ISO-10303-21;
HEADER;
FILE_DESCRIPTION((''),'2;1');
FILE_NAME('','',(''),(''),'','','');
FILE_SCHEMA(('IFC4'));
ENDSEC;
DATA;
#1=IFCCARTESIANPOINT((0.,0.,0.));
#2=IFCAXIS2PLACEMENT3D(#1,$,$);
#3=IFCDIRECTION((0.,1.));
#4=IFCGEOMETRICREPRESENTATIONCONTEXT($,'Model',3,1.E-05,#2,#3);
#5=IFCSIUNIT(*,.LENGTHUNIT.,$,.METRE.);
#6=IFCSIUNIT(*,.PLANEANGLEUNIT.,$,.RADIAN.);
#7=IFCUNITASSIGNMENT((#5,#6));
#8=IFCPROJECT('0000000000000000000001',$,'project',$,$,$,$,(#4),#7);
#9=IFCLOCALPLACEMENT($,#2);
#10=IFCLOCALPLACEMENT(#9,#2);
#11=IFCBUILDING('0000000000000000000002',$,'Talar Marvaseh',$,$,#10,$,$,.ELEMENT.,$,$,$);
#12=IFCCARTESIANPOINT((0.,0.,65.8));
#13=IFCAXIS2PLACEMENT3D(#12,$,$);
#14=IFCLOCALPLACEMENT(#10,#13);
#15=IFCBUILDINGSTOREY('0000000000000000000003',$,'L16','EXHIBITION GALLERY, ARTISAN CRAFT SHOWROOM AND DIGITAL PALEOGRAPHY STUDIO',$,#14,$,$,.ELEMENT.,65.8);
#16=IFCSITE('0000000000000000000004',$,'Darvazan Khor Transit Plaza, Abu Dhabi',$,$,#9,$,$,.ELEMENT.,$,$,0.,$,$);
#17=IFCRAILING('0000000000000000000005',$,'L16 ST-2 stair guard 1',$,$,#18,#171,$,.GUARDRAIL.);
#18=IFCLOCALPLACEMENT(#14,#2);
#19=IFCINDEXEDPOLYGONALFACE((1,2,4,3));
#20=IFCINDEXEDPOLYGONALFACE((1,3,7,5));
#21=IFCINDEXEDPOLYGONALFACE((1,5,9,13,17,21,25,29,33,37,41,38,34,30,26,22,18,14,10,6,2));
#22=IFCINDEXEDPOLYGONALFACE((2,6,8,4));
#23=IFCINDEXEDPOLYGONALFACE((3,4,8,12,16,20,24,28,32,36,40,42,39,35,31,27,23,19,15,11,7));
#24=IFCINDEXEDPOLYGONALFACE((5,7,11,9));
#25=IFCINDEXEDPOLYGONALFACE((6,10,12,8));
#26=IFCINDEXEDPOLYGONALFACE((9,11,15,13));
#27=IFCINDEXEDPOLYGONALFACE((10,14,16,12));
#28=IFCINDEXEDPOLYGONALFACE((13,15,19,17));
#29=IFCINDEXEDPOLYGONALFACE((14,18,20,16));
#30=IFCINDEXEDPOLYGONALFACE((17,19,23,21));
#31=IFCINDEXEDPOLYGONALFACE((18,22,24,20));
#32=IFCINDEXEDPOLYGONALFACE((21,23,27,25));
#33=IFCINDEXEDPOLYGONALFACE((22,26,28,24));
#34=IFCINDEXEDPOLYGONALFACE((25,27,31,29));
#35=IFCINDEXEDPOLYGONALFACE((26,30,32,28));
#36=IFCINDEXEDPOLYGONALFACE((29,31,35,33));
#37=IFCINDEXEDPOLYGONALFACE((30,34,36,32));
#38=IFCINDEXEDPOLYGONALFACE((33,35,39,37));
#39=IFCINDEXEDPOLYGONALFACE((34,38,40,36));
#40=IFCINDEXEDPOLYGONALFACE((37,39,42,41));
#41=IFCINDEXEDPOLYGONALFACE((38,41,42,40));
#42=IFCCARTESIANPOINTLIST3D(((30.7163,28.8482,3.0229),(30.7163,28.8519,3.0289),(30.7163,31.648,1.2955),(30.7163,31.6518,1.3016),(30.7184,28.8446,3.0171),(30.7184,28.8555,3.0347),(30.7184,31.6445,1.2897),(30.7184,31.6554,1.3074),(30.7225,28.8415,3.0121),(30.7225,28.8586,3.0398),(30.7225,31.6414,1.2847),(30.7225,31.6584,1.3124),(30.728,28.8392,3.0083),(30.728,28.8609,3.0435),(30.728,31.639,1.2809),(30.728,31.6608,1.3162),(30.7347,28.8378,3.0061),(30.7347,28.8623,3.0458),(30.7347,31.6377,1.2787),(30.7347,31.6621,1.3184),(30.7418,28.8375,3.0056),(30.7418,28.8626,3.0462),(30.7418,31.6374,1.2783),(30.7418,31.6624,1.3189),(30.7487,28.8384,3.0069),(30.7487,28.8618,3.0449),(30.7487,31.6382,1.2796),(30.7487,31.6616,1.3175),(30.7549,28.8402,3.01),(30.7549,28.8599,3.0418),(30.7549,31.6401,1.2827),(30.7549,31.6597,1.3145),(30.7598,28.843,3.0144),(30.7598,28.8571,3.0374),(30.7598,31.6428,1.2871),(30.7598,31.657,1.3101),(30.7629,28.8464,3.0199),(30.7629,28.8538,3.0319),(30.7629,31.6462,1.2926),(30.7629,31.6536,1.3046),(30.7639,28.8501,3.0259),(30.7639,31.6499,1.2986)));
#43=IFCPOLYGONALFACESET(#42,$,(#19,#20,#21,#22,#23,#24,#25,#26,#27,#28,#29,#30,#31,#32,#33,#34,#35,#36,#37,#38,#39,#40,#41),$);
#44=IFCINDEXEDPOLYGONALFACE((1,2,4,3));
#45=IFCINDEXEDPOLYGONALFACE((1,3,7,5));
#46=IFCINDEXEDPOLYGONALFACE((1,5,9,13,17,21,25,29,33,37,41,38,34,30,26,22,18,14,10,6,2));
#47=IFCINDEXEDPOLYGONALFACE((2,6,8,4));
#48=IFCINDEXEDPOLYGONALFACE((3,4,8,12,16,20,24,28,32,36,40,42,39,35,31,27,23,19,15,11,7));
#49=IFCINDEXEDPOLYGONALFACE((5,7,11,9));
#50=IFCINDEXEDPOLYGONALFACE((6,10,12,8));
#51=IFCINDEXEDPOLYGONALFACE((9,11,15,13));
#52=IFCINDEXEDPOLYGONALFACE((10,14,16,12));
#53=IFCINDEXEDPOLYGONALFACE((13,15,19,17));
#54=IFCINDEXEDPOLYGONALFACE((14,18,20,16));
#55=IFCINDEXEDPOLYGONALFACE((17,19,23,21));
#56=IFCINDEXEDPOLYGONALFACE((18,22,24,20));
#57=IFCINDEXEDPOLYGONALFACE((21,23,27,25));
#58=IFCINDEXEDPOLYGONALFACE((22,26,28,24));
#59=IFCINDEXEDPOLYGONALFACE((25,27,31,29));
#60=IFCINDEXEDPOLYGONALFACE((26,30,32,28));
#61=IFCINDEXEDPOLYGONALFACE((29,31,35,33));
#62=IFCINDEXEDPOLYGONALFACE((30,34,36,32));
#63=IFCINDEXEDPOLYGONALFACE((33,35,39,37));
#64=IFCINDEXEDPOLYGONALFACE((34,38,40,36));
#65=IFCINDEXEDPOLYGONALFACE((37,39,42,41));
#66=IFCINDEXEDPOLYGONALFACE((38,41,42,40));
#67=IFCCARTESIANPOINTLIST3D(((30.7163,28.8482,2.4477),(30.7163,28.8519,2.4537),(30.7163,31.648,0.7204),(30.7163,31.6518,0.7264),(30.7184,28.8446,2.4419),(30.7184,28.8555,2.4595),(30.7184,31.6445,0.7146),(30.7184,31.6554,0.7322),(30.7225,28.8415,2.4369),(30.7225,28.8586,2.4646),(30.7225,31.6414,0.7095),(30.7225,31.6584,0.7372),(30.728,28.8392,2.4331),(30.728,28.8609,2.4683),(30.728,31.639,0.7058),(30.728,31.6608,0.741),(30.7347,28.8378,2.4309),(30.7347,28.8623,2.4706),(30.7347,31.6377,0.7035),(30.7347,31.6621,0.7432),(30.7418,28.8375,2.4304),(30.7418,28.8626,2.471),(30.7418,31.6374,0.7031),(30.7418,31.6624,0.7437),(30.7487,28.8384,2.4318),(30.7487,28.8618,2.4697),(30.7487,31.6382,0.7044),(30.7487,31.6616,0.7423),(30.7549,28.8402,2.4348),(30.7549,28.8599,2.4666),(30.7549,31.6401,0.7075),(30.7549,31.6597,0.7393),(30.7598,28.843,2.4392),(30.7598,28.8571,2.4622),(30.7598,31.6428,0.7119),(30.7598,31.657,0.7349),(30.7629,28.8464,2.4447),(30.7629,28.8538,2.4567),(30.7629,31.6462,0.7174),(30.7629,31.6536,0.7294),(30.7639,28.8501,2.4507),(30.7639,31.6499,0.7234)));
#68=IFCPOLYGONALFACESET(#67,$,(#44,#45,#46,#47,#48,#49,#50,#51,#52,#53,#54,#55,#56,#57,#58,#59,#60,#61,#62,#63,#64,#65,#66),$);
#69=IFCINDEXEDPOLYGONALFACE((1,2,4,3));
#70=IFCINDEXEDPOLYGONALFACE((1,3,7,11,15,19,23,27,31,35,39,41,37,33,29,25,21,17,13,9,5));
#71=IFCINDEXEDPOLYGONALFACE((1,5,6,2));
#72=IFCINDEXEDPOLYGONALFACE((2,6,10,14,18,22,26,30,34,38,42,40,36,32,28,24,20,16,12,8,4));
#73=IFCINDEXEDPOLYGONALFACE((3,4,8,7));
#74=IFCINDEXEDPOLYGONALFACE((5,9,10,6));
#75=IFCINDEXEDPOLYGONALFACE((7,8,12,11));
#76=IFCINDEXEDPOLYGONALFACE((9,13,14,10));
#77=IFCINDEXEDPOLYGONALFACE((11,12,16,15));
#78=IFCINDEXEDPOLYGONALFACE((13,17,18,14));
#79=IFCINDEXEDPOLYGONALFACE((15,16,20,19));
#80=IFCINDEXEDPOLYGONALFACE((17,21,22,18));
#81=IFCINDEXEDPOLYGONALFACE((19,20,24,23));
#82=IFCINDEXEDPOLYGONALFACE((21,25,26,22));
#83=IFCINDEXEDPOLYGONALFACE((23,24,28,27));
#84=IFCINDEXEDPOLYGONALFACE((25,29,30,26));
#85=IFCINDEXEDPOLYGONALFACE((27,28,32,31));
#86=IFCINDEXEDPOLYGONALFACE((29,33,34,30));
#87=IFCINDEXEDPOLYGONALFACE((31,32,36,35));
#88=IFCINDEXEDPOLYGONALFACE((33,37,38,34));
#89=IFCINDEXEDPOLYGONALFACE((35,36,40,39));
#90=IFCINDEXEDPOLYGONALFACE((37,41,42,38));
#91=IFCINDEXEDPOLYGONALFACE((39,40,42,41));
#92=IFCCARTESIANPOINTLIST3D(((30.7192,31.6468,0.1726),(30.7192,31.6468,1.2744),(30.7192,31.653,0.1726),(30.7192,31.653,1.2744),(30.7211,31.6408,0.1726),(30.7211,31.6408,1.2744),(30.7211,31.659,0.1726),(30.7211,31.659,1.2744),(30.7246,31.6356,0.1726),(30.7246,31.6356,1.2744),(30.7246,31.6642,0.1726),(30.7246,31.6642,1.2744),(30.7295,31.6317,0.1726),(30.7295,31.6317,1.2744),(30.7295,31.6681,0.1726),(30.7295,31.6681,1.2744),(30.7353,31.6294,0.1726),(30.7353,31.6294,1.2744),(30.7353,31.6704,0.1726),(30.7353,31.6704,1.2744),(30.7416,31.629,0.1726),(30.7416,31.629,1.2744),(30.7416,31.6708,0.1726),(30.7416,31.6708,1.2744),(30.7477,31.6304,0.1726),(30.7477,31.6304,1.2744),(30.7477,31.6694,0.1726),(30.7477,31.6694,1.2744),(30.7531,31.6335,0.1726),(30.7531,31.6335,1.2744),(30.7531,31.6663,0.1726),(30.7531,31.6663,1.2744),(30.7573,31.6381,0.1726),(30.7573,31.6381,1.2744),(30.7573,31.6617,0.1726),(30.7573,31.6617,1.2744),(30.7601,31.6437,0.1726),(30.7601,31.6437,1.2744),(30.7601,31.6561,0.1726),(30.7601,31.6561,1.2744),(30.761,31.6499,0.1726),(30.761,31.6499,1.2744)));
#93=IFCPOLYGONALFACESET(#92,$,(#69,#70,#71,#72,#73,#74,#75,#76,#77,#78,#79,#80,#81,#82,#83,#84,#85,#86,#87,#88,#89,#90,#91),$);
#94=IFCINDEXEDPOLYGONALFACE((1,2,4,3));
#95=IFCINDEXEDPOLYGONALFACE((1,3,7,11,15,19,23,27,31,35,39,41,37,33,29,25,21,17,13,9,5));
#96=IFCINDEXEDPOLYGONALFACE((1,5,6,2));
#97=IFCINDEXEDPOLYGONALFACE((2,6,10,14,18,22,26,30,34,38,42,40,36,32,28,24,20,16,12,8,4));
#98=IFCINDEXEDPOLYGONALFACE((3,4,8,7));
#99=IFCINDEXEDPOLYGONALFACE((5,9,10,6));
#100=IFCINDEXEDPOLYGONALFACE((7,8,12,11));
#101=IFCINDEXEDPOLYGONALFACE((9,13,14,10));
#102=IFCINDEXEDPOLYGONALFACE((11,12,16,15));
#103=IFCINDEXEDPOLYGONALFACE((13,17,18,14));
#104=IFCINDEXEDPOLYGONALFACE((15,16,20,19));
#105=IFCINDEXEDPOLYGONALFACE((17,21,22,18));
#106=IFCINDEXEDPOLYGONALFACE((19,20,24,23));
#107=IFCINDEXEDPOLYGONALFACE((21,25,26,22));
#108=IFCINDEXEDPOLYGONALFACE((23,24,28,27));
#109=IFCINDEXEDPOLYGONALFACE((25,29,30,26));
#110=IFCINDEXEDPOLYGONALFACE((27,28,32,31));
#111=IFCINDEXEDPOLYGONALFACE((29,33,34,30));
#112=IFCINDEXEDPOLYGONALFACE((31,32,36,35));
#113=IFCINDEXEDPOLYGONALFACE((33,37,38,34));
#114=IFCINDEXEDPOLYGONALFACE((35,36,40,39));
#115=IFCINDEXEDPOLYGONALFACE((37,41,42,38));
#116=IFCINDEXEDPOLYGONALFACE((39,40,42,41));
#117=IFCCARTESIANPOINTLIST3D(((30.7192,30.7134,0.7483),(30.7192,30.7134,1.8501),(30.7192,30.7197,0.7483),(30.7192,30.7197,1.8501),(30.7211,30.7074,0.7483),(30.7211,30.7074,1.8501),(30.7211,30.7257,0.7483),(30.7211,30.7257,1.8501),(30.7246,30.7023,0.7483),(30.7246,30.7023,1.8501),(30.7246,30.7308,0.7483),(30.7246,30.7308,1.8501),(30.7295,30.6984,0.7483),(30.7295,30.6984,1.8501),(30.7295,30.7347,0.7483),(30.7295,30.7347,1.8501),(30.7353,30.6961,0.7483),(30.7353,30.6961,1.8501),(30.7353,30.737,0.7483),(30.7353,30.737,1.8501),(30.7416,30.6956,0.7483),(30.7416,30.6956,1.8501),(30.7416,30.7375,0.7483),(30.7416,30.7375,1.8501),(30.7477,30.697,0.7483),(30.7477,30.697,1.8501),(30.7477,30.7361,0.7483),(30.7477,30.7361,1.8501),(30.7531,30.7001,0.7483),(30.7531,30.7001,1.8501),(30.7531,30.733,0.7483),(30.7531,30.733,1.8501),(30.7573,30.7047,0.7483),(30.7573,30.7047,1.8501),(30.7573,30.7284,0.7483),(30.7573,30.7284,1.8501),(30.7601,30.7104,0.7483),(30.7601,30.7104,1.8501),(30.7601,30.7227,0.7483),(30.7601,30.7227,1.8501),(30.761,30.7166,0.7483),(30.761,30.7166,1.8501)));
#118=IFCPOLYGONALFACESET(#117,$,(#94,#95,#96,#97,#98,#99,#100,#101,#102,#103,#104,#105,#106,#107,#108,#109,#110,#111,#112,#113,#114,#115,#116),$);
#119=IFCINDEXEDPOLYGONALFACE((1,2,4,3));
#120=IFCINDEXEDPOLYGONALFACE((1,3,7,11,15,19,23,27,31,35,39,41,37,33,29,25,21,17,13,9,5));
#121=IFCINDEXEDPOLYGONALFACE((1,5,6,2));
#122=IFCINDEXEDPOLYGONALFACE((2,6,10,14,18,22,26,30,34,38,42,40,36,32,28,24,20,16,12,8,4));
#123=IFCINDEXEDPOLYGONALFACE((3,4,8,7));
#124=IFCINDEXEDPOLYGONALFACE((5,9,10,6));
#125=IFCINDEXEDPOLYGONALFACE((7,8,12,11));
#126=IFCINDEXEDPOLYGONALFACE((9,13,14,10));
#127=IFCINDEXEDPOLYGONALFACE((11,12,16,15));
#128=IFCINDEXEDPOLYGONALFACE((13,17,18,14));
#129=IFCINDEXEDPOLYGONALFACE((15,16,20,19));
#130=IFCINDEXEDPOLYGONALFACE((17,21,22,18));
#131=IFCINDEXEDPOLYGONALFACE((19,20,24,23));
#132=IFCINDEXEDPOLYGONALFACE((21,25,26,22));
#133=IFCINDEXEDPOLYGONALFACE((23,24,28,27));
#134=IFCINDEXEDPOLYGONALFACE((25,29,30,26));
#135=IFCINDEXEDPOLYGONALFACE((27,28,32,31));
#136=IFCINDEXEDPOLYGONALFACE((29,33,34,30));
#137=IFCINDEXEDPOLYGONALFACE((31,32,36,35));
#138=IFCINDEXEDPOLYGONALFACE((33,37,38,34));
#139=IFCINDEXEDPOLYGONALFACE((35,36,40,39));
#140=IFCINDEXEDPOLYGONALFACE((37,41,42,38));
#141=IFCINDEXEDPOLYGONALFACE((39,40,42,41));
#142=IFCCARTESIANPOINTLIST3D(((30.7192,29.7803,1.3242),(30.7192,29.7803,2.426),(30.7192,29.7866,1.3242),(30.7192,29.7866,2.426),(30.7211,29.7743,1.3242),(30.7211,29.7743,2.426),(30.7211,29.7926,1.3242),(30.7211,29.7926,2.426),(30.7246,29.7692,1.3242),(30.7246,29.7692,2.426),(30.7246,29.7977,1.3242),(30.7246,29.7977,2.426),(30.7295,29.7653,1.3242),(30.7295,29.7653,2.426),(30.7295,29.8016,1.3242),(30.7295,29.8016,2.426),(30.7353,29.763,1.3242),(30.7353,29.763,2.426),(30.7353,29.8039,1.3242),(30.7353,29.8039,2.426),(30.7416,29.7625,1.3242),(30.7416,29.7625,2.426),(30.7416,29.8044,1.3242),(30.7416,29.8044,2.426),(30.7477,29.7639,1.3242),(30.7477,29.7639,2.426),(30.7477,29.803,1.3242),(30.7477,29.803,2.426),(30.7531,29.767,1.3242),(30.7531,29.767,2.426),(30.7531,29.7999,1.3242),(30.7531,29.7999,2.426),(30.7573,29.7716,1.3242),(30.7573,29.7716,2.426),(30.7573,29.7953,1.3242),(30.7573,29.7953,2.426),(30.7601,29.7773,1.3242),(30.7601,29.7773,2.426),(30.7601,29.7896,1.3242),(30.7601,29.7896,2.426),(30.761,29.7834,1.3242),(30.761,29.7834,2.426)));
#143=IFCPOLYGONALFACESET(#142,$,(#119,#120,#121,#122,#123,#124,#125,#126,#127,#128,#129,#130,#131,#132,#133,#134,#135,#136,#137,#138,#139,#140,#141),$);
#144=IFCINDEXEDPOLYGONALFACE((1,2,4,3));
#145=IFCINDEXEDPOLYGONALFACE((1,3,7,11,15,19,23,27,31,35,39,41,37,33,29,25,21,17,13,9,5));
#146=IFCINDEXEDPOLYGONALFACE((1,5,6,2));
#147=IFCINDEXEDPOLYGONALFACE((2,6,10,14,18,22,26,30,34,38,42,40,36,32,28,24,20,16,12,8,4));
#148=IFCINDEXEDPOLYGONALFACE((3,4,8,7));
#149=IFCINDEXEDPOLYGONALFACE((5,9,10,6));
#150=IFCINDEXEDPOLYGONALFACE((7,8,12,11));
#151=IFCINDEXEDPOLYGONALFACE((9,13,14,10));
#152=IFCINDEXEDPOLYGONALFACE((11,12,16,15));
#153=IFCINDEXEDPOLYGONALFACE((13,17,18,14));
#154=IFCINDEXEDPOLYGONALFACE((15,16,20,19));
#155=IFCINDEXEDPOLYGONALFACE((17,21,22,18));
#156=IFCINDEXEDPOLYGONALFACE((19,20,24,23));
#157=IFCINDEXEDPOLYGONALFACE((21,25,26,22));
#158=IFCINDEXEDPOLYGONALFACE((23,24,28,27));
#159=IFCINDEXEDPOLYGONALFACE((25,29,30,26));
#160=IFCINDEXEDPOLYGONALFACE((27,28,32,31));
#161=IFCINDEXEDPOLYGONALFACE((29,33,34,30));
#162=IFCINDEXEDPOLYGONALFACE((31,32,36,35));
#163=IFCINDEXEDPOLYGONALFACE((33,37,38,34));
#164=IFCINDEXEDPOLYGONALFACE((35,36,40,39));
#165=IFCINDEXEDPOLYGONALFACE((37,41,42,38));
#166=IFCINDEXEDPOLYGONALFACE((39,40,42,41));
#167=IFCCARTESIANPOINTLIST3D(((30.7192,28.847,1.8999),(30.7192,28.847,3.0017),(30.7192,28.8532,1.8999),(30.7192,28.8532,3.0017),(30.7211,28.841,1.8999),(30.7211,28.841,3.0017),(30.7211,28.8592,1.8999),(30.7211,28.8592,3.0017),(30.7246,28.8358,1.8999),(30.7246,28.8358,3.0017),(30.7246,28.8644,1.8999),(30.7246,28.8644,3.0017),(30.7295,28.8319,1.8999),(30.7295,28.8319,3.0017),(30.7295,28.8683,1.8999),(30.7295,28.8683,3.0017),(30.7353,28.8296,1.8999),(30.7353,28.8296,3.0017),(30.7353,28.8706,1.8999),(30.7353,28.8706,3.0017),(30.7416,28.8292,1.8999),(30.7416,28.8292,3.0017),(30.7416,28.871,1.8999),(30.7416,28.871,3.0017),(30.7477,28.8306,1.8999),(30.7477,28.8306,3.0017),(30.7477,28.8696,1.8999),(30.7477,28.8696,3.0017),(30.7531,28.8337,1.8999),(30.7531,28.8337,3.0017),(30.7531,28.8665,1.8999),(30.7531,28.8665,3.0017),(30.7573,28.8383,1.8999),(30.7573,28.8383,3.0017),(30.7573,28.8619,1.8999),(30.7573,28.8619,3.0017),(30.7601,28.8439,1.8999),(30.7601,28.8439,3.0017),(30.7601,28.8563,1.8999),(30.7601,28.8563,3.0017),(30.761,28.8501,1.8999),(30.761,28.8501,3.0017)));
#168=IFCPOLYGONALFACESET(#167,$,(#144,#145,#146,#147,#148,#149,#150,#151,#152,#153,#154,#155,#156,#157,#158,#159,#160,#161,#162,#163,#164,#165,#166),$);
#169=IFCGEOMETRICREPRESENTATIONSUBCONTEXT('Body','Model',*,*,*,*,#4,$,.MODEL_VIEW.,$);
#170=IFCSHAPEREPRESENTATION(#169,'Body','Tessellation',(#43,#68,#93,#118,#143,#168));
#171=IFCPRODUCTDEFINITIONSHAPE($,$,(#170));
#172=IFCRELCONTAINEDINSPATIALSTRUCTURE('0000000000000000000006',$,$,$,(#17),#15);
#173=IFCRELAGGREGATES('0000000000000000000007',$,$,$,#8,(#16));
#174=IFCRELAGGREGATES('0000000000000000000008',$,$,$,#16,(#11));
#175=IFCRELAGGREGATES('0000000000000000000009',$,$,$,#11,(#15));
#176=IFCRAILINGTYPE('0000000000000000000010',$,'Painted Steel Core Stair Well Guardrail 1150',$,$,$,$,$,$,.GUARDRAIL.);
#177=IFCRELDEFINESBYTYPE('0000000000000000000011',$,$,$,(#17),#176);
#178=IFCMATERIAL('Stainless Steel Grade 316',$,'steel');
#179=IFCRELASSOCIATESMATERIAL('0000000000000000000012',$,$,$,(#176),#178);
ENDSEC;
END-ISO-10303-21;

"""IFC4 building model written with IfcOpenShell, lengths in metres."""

from ifc_helpers import new_model, si_unit, direction, frame, origin, origin_2d, place, context, subcontext, project, spatial, circle, extrude, material, type_object, element, save


model = new_model("IFC4")

# Units and contexts
model_context = context("Model", 3, precision=1e-05, world=origin(), true_north=direction((0.0, 1.0)))
body_context = subcontext(model_context, "Body", "Model", "MODEL_VIEW")
ifc_project = project(units=[si_unit("LENGTHUNIT", "METRE"), si_unit("PLANEANGLEUNIT", "RADIAN")], contexts=[model_context])

# Site, building, storey
site_placement = place(None, origin())
site = spatial("IfcSite", under=ifc_project, at=site_placement, Name="Darvazan Khor Transit Plaza, Abu Dhabi", CompositionType="ELEMENT", RefElevation=0.0)
building_placement = place(site_placement, origin())
building = spatial("IfcBuilding", under=site, at=building_placement, Name="Talar Marvaseh", CompositionType="ELEMENT")
storey_placement = place(building_placement, frame((0.0, 0.0, 65.8)))
storey = spatial("IfcBuildingStorey", under=building, at=storey_placement, Name="L16", Description="EXHIBITION GALLERY, ARTISAN CRAFT SHOWROOM AND DIGITAL PALEOGRAPHY STUDIO", CompositionType="ELEMENT", Elevation=65.8)

# Shared definitions
ifc_material_1 = material(Name="Stainless Steel Grade 316", Category="steel")

# Railing
railing_type_1 = type_object("IfcRailingType", Name="Painted Steel Core Stair Well Guardrail 1150", PredefinedType="GUARDRAIL", material=ifc_material_1)
railing_1_placement = place(storey_placement, frame((30.74, 31.6499, 0.1726)))
element("IfcRailing", 1, at=railing_1_placement, inside=storey, type_object=railing_type_1, Name="L16 ST-2 stair guard 1", PredefinedType="GUARDRAIL", context=body_context, shape_type="SweptSolid", body=[
    extrude(circle(Radius=0.0239, at=origin_2d()), frame((0.0, 0.0, 1.126), z_axis=(0.0, -0.851069, 0.525054), x_axis=(1.0, 0.0, 0.0)), (0.0, 0.0, 1.0), 3.2898),
    extrude(circle(Radius=0.0239, at=origin_2d()), frame((0.0, 0.0, 0.5508), z_axis=(0.0, -0.851069, 0.525054), x_axis=(1.0, 0.0, 0.0)), (0.0, 0.0, 1.0), 3.2898),
    extrude(circle(Radius=0.021, at=origin_2d()), origin(), (0.0, 0.0, 1.0), 1.1018),
    extrude(circle(Radius=0.021, at=origin_2d()), frame((0.0, -0.9333, 0.5757)), (0.0, 0.0, 1.0), 1.1018),
    extrude(circle(Radius=0.021, at=origin_2d()), frame((0.0, -1.8665, 1.1516)), (0.0, 0.0, 1.0), 1.1018),
    extrude(circle(Radius=0.021, at=origin_2d()), frame((0.0, -2.7998, 1.7273)), (0.0, 0.0, 1.0), 1.1018),
])

save(model, "model.ifc")
